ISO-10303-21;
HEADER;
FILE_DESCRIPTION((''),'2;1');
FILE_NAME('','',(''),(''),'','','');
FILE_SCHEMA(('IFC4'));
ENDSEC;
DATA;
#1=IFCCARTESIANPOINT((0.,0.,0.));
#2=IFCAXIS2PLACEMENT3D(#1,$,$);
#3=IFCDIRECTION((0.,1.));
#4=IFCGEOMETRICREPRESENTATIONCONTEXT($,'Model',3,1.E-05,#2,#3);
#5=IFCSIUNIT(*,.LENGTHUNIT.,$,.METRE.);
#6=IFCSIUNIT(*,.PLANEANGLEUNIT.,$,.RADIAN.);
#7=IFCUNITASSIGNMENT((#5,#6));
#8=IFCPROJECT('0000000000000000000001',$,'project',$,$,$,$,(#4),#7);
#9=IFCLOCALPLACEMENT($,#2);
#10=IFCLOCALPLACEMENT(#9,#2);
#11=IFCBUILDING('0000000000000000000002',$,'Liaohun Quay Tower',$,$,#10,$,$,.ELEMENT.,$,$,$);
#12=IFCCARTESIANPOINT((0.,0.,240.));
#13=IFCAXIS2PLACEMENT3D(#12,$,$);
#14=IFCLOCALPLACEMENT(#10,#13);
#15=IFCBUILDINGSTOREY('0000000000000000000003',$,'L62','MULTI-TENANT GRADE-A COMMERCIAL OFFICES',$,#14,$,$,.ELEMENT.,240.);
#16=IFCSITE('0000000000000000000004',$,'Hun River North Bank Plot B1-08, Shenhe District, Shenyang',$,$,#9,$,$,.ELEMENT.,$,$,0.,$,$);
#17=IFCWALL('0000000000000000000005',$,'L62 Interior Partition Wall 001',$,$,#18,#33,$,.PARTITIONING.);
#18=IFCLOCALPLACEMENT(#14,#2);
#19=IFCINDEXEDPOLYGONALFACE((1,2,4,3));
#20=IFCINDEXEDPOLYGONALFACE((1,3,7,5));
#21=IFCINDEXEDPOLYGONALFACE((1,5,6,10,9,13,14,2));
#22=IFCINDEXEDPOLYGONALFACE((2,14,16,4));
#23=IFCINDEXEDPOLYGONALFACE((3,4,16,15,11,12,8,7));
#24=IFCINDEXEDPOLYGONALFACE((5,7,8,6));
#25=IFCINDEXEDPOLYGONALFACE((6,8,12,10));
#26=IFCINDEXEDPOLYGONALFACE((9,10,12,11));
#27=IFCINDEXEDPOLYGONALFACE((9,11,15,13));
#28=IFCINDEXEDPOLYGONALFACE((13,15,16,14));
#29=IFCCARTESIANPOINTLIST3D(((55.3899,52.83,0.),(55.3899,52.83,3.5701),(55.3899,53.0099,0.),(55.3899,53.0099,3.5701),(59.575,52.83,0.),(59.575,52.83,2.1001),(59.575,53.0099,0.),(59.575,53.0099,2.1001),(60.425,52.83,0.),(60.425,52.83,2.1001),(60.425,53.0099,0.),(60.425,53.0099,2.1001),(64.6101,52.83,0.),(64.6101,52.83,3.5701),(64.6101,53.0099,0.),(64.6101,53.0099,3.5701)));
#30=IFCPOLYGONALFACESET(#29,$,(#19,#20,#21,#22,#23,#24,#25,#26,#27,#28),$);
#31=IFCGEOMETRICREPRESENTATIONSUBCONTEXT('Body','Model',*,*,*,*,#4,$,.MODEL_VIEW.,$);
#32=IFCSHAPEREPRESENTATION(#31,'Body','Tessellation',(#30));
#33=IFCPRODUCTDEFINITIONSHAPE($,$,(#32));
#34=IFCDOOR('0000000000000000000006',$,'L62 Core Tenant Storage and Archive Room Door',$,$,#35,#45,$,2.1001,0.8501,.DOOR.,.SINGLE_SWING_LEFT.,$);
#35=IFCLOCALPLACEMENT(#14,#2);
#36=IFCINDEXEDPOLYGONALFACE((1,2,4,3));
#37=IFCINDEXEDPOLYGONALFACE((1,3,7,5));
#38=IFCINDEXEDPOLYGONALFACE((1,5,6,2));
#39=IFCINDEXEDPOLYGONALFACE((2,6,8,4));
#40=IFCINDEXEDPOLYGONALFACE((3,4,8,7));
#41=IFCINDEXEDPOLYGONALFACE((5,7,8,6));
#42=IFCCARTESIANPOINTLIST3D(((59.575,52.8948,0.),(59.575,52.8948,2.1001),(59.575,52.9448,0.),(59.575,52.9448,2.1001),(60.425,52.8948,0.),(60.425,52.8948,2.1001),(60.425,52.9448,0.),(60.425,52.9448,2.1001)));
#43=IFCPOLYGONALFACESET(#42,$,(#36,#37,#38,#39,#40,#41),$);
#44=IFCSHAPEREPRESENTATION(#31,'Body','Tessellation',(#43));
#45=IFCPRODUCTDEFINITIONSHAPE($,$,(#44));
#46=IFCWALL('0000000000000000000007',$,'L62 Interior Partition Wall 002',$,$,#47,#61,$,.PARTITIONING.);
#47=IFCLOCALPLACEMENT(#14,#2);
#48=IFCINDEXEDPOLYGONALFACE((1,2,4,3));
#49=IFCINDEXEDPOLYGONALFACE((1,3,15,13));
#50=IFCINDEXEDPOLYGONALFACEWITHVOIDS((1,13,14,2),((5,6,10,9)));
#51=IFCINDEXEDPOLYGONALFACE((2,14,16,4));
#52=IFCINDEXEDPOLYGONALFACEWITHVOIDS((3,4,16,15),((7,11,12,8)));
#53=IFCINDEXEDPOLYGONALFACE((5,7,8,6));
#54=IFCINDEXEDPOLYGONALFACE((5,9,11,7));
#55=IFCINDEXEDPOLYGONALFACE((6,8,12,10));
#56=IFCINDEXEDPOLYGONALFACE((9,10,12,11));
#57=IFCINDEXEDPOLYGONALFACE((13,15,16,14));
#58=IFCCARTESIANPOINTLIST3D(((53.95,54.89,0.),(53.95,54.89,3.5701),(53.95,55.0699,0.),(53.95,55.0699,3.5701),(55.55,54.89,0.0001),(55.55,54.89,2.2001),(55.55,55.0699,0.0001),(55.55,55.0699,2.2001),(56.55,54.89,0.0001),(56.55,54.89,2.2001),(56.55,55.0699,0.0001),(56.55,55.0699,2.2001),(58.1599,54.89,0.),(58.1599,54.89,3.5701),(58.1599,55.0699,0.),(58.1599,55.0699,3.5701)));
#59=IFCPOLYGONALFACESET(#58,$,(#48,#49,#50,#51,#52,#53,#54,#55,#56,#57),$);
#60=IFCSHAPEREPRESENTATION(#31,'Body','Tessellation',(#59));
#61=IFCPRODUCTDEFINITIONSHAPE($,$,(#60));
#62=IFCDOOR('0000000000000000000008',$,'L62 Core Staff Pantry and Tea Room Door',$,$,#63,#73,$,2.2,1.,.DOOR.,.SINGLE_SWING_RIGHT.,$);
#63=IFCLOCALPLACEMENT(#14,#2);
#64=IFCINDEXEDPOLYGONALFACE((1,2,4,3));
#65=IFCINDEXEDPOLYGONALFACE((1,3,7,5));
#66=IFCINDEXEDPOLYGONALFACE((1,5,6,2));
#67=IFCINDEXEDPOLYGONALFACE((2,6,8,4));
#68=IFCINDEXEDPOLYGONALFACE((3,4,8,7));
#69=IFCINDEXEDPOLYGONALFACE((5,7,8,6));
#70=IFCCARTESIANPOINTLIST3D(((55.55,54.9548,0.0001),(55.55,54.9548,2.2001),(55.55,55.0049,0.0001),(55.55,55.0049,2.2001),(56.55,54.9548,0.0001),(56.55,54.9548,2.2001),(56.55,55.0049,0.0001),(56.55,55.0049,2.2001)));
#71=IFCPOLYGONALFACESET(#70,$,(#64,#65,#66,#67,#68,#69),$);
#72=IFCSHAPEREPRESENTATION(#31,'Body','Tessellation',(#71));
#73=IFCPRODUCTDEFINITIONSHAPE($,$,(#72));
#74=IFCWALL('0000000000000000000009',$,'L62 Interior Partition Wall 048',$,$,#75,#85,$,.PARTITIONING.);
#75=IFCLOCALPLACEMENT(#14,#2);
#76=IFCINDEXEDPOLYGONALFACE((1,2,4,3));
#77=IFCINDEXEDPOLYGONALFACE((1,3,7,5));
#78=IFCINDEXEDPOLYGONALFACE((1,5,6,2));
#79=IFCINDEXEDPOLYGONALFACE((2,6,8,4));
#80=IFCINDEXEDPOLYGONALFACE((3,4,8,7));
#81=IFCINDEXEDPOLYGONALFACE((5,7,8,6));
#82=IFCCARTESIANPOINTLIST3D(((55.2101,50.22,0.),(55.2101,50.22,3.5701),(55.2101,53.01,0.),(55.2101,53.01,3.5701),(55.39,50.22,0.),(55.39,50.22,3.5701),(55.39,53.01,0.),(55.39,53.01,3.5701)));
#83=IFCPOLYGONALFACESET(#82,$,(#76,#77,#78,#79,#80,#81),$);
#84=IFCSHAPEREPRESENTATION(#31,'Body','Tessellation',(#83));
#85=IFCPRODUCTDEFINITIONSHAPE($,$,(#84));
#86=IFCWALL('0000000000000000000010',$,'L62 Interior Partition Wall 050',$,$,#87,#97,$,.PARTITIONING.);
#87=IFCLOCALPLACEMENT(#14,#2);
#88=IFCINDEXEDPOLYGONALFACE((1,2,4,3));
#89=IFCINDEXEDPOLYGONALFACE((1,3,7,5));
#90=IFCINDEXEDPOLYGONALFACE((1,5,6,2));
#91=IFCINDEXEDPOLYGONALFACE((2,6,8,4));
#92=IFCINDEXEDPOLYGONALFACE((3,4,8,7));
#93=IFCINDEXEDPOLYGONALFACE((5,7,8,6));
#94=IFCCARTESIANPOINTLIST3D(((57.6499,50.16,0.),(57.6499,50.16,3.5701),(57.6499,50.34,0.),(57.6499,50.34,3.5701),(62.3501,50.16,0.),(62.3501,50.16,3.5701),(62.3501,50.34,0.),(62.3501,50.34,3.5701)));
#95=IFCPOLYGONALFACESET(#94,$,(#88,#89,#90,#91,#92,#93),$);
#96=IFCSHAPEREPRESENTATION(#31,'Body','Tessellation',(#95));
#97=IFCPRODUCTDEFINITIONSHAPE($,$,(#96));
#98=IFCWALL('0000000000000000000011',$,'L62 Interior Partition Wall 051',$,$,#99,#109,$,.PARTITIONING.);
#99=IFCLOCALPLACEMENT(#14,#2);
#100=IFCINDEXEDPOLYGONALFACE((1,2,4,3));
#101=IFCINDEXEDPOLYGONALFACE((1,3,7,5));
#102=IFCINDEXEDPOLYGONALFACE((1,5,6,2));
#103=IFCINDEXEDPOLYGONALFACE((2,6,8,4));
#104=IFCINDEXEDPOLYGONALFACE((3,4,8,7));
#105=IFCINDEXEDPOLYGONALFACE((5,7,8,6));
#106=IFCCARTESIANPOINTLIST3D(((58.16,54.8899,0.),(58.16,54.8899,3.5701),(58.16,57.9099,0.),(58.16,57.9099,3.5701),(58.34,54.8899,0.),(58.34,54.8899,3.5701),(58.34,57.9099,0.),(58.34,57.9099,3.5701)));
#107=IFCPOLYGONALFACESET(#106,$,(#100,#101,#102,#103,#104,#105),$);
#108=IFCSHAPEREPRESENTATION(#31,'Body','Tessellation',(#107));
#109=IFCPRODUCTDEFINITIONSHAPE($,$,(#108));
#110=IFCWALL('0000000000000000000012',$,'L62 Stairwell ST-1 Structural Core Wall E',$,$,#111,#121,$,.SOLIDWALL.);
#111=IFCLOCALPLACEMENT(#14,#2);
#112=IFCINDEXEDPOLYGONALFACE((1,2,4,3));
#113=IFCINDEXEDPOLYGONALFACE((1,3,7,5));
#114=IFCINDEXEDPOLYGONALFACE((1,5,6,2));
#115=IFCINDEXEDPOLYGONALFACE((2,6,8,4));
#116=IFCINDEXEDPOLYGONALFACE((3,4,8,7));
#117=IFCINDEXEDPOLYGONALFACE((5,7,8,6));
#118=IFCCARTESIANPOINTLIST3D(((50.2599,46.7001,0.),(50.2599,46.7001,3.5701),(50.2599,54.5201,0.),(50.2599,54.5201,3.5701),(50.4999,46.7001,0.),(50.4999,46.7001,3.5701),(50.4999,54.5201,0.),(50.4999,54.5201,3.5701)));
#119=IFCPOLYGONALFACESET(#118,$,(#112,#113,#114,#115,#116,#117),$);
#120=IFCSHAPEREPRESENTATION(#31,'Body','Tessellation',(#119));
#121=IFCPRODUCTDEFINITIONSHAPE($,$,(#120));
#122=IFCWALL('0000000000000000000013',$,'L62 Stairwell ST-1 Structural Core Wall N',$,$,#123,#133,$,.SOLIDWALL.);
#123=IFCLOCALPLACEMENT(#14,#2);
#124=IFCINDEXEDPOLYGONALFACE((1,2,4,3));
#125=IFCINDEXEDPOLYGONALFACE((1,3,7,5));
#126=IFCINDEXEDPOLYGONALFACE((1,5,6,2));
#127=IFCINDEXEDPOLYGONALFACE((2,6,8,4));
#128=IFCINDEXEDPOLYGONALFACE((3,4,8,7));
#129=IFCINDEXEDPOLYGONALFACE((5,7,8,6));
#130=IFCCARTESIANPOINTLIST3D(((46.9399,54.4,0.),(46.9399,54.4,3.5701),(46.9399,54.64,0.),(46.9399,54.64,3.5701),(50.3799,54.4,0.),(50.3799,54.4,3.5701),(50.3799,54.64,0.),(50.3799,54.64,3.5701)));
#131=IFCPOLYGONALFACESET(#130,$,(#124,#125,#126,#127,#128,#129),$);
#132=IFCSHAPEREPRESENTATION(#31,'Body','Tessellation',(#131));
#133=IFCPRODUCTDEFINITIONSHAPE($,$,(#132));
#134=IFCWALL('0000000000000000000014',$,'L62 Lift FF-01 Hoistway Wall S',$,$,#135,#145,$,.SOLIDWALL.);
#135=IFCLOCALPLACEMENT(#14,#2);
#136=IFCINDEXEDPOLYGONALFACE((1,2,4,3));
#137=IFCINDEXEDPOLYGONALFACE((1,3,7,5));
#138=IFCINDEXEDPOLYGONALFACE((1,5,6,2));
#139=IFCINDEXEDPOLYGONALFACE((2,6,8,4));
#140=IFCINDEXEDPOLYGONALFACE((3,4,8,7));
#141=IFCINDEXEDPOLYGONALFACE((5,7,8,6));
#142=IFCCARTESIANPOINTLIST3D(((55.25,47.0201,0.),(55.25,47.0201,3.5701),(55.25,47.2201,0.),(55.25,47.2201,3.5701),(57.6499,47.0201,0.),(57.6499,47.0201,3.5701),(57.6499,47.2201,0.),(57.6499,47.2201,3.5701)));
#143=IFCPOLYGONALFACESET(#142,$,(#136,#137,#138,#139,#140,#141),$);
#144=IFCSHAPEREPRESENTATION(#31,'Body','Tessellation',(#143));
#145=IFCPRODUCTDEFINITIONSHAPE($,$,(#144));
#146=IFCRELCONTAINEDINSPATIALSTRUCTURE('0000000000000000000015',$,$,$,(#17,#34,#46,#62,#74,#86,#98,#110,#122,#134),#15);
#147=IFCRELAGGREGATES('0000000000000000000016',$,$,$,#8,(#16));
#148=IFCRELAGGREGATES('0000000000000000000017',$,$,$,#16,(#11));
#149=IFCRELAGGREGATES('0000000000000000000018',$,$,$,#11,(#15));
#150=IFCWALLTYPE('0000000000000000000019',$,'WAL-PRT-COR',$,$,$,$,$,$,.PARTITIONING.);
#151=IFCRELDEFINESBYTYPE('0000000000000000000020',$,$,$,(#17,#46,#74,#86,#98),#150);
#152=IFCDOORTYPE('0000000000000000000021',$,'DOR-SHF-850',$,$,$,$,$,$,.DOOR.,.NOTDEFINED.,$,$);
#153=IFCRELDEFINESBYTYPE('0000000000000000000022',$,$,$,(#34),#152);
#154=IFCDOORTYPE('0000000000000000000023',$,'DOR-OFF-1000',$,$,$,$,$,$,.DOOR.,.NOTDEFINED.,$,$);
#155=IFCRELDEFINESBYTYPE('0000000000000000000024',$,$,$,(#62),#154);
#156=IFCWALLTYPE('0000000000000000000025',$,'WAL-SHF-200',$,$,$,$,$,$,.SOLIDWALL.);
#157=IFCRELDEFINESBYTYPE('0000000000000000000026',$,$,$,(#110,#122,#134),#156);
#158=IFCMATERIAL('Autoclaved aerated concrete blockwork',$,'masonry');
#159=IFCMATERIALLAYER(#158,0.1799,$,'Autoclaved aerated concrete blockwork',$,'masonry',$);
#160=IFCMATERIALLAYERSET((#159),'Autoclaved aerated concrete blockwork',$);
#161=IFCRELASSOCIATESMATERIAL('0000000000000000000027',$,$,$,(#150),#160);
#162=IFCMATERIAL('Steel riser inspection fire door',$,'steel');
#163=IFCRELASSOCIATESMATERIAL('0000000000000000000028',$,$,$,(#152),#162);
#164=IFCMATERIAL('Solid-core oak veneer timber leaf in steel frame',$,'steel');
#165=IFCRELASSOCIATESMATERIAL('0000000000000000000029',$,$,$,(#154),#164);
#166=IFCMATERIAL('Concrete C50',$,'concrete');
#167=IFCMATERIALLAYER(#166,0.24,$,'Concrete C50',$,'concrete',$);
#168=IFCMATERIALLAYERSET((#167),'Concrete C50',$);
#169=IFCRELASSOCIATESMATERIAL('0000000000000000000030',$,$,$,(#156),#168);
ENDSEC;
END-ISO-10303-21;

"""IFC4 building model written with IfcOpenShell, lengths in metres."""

from ifc_helpers import new_model, si_unit, direction, frame, frame_2d, origin, place, context, subcontext, project, spatial, rectangle, extrude, source, transform, mapped, material, layer, layer_set, type_object, element, fill, save


model = new_model("IFC4")

# Units and contexts
model_context = context("Model", 3, precision=1e-05, world=origin(), true_north=direction((0.0, 1.0)))
body_context = subcontext(model_context, "Body", "Model", "MODEL_VIEW")
ifc_project = project(units=[si_unit("LENGTHUNIT", "METRE"), si_unit("PLANEANGLEUNIT", "RADIAN")], contexts=[model_context])

# Site, building, storey
site_placement = place(None, origin())
site = spatial("IfcSite", under=ifc_project, at=site_placement, Name="Hun River North Bank Plot B1-08, Shenhe District, Shenyang", CompositionType="ELEMENT", RefElevation=0.0)
building_placement = place(site_placement, origin())
building = spatial("IfcBuilding", under=site, at=building_placement, Name="Liaohun Quay Tower", CompositionType="ELEMENT")
storey_placement = place(building_placement, frame((0.0, 0.0, 240.0)))
storey = spatial("IfcBuildingStorey", under=building, at=storey_placement, Name="L62", Description="MULTI-TENANT GRADE-A COMMERCIAL OFFICES", CompositionType="ELEMENT", Elevation=240.0)

# Shared definitions
ifc_material_1 = material(Name="Concrete C50", Category="concrete")

# Walls, openings, doors
ifc_material_2 = material(Name="Autoclaved aerated concrete blockwork", Category="masonry")
ifc_layer_1 = layer(ifc_material_2, 0.1799, Name="Autoclaved aerated concrete blockwork", Category="masonry")
ifc_layer_set_1 = layer_set([ifc_layer_1], Name="Autoclaved aerated concrete blockwork")
wall_type_1 = type_object("IfcWallType", Name="WAL-PRT-COR", PredefinedType="PARTITIONING", material=ifc_layer_set_1)
wall_1_placement = place(storey_placement, frame((55.3899, 52.9199, 0.0), z_axis=(0.0, 0.0, 1.0), x_axis=(1.0, 0.0, 0.0)))
wall_1 = element("IfcWall", 1, at=wall_1_placement, inside=storey, type_object=wall_type_1, Name="L62 Interior Partition Wall 001", PredefinedType="PARTITIONING", context=body_context, shape_type="SweptSolid", body=[
    extrude(rectangle(XDim=9.2202, YDim=0.1799, at=frame_2d((4.6101, 0.0))), origin(), (0.0, 0.0, 1.0), 3.5701),
])
shared_shape_1 = source(origin(), body_context, "Body", "SweptSolid", [
    extrude(rectangle(XDim=0.8501, YDim=2.1001, at=frame_2d((0.425, 1.05))), frame((0.0, 0.0999, 0.0), z_axis=(0.0, -1.0, 0.0), x_axis=(1.0, 0.0, 0.0)), (0.0, 0.0, 1.0), 0.2),
])
opening_1_placement = place(wall_1_placement, frame((4.1851, 0.0, 0.0)))
opening_1 = element("IfcOpeningElement", 2, at=opening_1_placement, cuts=wall_1, PredefinedType="OPENING", context=body_context, shape_type="MappedRepresentation", body=[
    mapped(shared_shape_1, transform((0.0, 0.0, 0.0), x_axis=(1.0, 0.0, 0.0), y_axis=(0.0, 1.0, 0.0), z_axis=(0.0, 0.0, 1.0), scale=1.0)),
])
ifc_material_3 = material(Name="Steel riser inspection fire door", Category="steel")
door_type_1 = type_object("IfcDoorType", Name="DOR-SHF-850", OperationType="NOTDEFINED", PredefinedType="DOOR", material=ifc_material_3)
shared_shape_2 = source(origin(), body_context, "Body", "SweptSolid", [
    extrude(rectangle(XDim=0.8501, YDim=2.1001, at=frame_2d((0.425, 1.05))), frame((0.0, 0.0249, 0.0), z_axis=(0.0, -1.0, 0.0), x_axis=(1.0, 0.0, 0.0)), (0.0, 0.0, 1.0), 0.05),
])
door_1_placement = place(opening_1_placement, origin())
door_1 = element("IfcDoor", 3, at=door_1_placement, inside=storey, type_object=door_type_1, Name="L62 Core Tenant Storage and Archive Room Door", OperationType="SINGLE_SWING_LEFT", OverallHeight=2.1001, OverallWidth=0.8501, PredefinedType="DOOR", context=body_context, shape_type="MappedRepresentation", body=[
    mapped(shared_shape_2, transform((0.0, 0.0, 0.0), x_axis=(1.0, 0.0, 0.0), y_axis=(0.0, 1.0, 0.0), z_axis=(0.0, 0.0, 1.0), scale=1.0)),
])
fill(opening_1, door_1)
wall_2_placement = place(storey_placement, frame((53.95, 54.98, 0.0), z_axis=(0.0, 0.0, 1.0), x_axis=(1.0, 0.0, 0.0)))
wall_2 = element("IfcWall", 4, at=wall_2_placement, inside=storey, type_object=wall_type_1, Name="L62 Interior Partition Wall 002", PredefinedType="PARTITIONING", context=body_context, shape_type="SweptSolid", body=[
    extrude(rectangle(XDim=4.21, YDim=0.1799, at=frame_2d((2.105, 0.0))), origin(), (0.0, 0.0, 1.0), 3.5701),
])
shared_shape_3 = source(origin(), body_context, "Body", "SweptSolid", [
    extrude(rectangle(XDim=1.0, YDim=2.2, at=frame_2d((0.5, 1.1001))), frame((0.0, 0.0999, 0.0), z_axis=(0.0, -1.0, 0.0), x_axis=(1.0, 0.0, 0.0)), (0.0, 0.0, 1.0), 0.2),
])
opening_2_placement = place(wall_2_placement, frame((1.6001, 0.0, 0.0)))
opening_2 = element("IfcOpeningElement", 5, at=opening_2_placement, cuts=wall_2, PredefinedType="OPENING", context=body_context, shape_type="MappedRepresentation", body=[
    mapped(shared_shape_3, transform((0.0, 0.0, 0.0), x_axis=(1.0, 0.0, 0.0), y_axis=(0.0, 1.0, 0.0), z_axis=(0.0, 0.0, 1.0), scale=1.0)),
])
ifc_material_4 = material(Name="Solid-core oak veneer timber leaf in steel frame", Category="steel")
door_type_2 = type_object("IfcDoorType", Name="DOR-OFF-1000", OperationType="NOTDEFINED", PredefinedType="DOOR", material=ifc_material_4)
shared_shape_4 = source(origin(), body_context, "Body", "SweptSolid", [
    extrude(rectangle(XDim=1.0, YDim=2.2, at=frame_2d((0.5, 1.1001))), frame((0.0, 0.0249, 0.0), z_axis=(0.0, -1.0, 0.0), x_axis=(1.0, 0.0, 0.0)), (0.0, 0.0, 1.0), 0.05),
])
door_2_placement = place(opening_2_placement, origin())
door_2 = element("IfcDoor", 6, at=door_2_placement, inside=storey, type_object=door_type_2, Name="L62 Core Staff Pantry and Tea Room Door", OperationType="SINGLE_SWING_RIGHT", OverallHeight=2.2, OverallWidth=1.0, PredefinedType="DOOR", context=body_context, shape_type="MappedRepresentation", body=[
    mapped(shared_shape_4, transform((0.0, 0.0, 0.0), x_axis=(1.0, 0.0, 0.0), y_axis=(0.0, 1.0, 0.0), z_axis=(0.0, 0.0, 1.0), scale=1.0)),
])
fill(opening_2, door_2)

# Walls
wall_3_placement = place(storey_placement, frame((55.3, 50.22, 0.0), z_axis=(0.0, 0.0, 1.0), x_axis=(0.0, 1.0, 0.0)))
element("IfcWall", 7, at=wall_3_placement, inside=storey, type_object=wall_type_1, Name="L62 Interior Partition Wall 048", PredefinedType="PARTITIONING", context=body_context, shape_type="SweptSolid", body=[
    extrude(rectangle(XDim=2.79, YDim=0.1799, at=frame_2d((1.395, 0.0))), origin(), (0.0, 0.0, 1.0), 3.5701),
])
wall_4_placement = place(storey_placement, frame((57.6499, 50.25, 0.0), z_axis=(0.0, 0.0, 1.0), x_axis=(1.0, 0.0, 0.0)))
element("IfcWall", 8, at=wall_4_placement, inside=storey, type_object=wall_type_1, Name="L62 Interior Partition Wall 050", PredefinedType="PARTITIONING", context=body_context, shape_type="SweptSolid", body=[
    extrude(rectangle(XDim=4.7002, YDim=0.1799, at=frame_2d((2.3501, 0.0))), origin(), (0.0, 0.0, 1.0), 3.5701),
])
wall_5_placement = place(storey_placement, frame((58.25, 54.8899, 0.0), z_axis=(0.0, 0.0, 1.0), x_axis=(0.0, 1.0, 0.0)))
element("IfcWall", 9, at=wall_5_placement, inside=storey, type_object=wall_type_1, Name="L62 Interior Partition Wall 051", PredefinedType="PARTITIONING", context=body_context, shape_type="SweptSolid", body=[
    extrude(rectangle(XDim=3.02, YDim=0.1799, at=frame_2d((1.51, 0.0))), origin(), (0.0, 0.0, 1.0), 3.5701),
])
ifc_layer_2 = layer(ifc_material_1, 0.24, Name="Concrete C50", Category="concrete")
ifc_layer_set_2 = layer_set([ifc_layer_2], Name="Concrete C50")
wall_type_2 = type_object("IfcWallType", Name="WAL-SHF-200", PredefinedType="SOLIDWALL", material=ifc_layer_set_2)
wall_6_placement = place(storey_placement, frame((50.3799, 46.7, 0.0), z_axis=(0.0, 0.0, 1.0), x_axis=(0.0, 1.0, 0.0)))
element("IfcWall", 10, at=wall_6_placement, inside=storey, type_object=wall_type_2, Name="L62 Stairwell ST-1 Structural Core Wall E", PredefinedType="SOLIDWALL", context=body_context, shape_type="SweptSolid", body=[
    extrude(rectangle(XDim=7.8201, YDim=0.24, at=frame_2d((3.9102, 0.0))), origin(), (0.0, 0.0, 1.0), 3.5701),
])
wall_7_placement = place(storey_placement, frame((50.3799, 54.52, 0.0), z_axis=(0.0, 0.0, 1.0), x_axis=(-1.0, 0.0, 0.0)))
element("IfcWall", 11, at=wall_7_placement, inside=storey, type_object=wall_type_2, Name="L62 Stairwell ST-1 Structural Core Wall N", PredefinedType="SOLIDWALL", context=body_context, shape_type="SweptSolid", body=[
    extrude(rectangle(XDim=3.4399, YDim=0.24, at=frame_2d((1.72, 0.0))), origin(), (0.0, 0.0, 1.0), 3.5701),
])
wall_8_placement = place(storey_placement, frame((55.25, 47.1201, 0.0), z_axis=(0.0, 0.0, 1.0), x_axis=(1.0, 0.0, 0.0)))
element("IfcWall", 12, at=wall_8_placement, inside=storey, type_object=wall_type_2, Name="L62 Lift FF-01 Hoistway Wall S", PredefinedType="SOLIDWALL", context=body_context, shape_type="SweptSolid", body=[
    extrude(rectangle(XDim=2.3999, YDim=0.2, at=frame_2d((1.2, 0.0))), origin(), (0.0, 0.0, 1.0), 3.5701),
])

save(model, "model.ifc")
